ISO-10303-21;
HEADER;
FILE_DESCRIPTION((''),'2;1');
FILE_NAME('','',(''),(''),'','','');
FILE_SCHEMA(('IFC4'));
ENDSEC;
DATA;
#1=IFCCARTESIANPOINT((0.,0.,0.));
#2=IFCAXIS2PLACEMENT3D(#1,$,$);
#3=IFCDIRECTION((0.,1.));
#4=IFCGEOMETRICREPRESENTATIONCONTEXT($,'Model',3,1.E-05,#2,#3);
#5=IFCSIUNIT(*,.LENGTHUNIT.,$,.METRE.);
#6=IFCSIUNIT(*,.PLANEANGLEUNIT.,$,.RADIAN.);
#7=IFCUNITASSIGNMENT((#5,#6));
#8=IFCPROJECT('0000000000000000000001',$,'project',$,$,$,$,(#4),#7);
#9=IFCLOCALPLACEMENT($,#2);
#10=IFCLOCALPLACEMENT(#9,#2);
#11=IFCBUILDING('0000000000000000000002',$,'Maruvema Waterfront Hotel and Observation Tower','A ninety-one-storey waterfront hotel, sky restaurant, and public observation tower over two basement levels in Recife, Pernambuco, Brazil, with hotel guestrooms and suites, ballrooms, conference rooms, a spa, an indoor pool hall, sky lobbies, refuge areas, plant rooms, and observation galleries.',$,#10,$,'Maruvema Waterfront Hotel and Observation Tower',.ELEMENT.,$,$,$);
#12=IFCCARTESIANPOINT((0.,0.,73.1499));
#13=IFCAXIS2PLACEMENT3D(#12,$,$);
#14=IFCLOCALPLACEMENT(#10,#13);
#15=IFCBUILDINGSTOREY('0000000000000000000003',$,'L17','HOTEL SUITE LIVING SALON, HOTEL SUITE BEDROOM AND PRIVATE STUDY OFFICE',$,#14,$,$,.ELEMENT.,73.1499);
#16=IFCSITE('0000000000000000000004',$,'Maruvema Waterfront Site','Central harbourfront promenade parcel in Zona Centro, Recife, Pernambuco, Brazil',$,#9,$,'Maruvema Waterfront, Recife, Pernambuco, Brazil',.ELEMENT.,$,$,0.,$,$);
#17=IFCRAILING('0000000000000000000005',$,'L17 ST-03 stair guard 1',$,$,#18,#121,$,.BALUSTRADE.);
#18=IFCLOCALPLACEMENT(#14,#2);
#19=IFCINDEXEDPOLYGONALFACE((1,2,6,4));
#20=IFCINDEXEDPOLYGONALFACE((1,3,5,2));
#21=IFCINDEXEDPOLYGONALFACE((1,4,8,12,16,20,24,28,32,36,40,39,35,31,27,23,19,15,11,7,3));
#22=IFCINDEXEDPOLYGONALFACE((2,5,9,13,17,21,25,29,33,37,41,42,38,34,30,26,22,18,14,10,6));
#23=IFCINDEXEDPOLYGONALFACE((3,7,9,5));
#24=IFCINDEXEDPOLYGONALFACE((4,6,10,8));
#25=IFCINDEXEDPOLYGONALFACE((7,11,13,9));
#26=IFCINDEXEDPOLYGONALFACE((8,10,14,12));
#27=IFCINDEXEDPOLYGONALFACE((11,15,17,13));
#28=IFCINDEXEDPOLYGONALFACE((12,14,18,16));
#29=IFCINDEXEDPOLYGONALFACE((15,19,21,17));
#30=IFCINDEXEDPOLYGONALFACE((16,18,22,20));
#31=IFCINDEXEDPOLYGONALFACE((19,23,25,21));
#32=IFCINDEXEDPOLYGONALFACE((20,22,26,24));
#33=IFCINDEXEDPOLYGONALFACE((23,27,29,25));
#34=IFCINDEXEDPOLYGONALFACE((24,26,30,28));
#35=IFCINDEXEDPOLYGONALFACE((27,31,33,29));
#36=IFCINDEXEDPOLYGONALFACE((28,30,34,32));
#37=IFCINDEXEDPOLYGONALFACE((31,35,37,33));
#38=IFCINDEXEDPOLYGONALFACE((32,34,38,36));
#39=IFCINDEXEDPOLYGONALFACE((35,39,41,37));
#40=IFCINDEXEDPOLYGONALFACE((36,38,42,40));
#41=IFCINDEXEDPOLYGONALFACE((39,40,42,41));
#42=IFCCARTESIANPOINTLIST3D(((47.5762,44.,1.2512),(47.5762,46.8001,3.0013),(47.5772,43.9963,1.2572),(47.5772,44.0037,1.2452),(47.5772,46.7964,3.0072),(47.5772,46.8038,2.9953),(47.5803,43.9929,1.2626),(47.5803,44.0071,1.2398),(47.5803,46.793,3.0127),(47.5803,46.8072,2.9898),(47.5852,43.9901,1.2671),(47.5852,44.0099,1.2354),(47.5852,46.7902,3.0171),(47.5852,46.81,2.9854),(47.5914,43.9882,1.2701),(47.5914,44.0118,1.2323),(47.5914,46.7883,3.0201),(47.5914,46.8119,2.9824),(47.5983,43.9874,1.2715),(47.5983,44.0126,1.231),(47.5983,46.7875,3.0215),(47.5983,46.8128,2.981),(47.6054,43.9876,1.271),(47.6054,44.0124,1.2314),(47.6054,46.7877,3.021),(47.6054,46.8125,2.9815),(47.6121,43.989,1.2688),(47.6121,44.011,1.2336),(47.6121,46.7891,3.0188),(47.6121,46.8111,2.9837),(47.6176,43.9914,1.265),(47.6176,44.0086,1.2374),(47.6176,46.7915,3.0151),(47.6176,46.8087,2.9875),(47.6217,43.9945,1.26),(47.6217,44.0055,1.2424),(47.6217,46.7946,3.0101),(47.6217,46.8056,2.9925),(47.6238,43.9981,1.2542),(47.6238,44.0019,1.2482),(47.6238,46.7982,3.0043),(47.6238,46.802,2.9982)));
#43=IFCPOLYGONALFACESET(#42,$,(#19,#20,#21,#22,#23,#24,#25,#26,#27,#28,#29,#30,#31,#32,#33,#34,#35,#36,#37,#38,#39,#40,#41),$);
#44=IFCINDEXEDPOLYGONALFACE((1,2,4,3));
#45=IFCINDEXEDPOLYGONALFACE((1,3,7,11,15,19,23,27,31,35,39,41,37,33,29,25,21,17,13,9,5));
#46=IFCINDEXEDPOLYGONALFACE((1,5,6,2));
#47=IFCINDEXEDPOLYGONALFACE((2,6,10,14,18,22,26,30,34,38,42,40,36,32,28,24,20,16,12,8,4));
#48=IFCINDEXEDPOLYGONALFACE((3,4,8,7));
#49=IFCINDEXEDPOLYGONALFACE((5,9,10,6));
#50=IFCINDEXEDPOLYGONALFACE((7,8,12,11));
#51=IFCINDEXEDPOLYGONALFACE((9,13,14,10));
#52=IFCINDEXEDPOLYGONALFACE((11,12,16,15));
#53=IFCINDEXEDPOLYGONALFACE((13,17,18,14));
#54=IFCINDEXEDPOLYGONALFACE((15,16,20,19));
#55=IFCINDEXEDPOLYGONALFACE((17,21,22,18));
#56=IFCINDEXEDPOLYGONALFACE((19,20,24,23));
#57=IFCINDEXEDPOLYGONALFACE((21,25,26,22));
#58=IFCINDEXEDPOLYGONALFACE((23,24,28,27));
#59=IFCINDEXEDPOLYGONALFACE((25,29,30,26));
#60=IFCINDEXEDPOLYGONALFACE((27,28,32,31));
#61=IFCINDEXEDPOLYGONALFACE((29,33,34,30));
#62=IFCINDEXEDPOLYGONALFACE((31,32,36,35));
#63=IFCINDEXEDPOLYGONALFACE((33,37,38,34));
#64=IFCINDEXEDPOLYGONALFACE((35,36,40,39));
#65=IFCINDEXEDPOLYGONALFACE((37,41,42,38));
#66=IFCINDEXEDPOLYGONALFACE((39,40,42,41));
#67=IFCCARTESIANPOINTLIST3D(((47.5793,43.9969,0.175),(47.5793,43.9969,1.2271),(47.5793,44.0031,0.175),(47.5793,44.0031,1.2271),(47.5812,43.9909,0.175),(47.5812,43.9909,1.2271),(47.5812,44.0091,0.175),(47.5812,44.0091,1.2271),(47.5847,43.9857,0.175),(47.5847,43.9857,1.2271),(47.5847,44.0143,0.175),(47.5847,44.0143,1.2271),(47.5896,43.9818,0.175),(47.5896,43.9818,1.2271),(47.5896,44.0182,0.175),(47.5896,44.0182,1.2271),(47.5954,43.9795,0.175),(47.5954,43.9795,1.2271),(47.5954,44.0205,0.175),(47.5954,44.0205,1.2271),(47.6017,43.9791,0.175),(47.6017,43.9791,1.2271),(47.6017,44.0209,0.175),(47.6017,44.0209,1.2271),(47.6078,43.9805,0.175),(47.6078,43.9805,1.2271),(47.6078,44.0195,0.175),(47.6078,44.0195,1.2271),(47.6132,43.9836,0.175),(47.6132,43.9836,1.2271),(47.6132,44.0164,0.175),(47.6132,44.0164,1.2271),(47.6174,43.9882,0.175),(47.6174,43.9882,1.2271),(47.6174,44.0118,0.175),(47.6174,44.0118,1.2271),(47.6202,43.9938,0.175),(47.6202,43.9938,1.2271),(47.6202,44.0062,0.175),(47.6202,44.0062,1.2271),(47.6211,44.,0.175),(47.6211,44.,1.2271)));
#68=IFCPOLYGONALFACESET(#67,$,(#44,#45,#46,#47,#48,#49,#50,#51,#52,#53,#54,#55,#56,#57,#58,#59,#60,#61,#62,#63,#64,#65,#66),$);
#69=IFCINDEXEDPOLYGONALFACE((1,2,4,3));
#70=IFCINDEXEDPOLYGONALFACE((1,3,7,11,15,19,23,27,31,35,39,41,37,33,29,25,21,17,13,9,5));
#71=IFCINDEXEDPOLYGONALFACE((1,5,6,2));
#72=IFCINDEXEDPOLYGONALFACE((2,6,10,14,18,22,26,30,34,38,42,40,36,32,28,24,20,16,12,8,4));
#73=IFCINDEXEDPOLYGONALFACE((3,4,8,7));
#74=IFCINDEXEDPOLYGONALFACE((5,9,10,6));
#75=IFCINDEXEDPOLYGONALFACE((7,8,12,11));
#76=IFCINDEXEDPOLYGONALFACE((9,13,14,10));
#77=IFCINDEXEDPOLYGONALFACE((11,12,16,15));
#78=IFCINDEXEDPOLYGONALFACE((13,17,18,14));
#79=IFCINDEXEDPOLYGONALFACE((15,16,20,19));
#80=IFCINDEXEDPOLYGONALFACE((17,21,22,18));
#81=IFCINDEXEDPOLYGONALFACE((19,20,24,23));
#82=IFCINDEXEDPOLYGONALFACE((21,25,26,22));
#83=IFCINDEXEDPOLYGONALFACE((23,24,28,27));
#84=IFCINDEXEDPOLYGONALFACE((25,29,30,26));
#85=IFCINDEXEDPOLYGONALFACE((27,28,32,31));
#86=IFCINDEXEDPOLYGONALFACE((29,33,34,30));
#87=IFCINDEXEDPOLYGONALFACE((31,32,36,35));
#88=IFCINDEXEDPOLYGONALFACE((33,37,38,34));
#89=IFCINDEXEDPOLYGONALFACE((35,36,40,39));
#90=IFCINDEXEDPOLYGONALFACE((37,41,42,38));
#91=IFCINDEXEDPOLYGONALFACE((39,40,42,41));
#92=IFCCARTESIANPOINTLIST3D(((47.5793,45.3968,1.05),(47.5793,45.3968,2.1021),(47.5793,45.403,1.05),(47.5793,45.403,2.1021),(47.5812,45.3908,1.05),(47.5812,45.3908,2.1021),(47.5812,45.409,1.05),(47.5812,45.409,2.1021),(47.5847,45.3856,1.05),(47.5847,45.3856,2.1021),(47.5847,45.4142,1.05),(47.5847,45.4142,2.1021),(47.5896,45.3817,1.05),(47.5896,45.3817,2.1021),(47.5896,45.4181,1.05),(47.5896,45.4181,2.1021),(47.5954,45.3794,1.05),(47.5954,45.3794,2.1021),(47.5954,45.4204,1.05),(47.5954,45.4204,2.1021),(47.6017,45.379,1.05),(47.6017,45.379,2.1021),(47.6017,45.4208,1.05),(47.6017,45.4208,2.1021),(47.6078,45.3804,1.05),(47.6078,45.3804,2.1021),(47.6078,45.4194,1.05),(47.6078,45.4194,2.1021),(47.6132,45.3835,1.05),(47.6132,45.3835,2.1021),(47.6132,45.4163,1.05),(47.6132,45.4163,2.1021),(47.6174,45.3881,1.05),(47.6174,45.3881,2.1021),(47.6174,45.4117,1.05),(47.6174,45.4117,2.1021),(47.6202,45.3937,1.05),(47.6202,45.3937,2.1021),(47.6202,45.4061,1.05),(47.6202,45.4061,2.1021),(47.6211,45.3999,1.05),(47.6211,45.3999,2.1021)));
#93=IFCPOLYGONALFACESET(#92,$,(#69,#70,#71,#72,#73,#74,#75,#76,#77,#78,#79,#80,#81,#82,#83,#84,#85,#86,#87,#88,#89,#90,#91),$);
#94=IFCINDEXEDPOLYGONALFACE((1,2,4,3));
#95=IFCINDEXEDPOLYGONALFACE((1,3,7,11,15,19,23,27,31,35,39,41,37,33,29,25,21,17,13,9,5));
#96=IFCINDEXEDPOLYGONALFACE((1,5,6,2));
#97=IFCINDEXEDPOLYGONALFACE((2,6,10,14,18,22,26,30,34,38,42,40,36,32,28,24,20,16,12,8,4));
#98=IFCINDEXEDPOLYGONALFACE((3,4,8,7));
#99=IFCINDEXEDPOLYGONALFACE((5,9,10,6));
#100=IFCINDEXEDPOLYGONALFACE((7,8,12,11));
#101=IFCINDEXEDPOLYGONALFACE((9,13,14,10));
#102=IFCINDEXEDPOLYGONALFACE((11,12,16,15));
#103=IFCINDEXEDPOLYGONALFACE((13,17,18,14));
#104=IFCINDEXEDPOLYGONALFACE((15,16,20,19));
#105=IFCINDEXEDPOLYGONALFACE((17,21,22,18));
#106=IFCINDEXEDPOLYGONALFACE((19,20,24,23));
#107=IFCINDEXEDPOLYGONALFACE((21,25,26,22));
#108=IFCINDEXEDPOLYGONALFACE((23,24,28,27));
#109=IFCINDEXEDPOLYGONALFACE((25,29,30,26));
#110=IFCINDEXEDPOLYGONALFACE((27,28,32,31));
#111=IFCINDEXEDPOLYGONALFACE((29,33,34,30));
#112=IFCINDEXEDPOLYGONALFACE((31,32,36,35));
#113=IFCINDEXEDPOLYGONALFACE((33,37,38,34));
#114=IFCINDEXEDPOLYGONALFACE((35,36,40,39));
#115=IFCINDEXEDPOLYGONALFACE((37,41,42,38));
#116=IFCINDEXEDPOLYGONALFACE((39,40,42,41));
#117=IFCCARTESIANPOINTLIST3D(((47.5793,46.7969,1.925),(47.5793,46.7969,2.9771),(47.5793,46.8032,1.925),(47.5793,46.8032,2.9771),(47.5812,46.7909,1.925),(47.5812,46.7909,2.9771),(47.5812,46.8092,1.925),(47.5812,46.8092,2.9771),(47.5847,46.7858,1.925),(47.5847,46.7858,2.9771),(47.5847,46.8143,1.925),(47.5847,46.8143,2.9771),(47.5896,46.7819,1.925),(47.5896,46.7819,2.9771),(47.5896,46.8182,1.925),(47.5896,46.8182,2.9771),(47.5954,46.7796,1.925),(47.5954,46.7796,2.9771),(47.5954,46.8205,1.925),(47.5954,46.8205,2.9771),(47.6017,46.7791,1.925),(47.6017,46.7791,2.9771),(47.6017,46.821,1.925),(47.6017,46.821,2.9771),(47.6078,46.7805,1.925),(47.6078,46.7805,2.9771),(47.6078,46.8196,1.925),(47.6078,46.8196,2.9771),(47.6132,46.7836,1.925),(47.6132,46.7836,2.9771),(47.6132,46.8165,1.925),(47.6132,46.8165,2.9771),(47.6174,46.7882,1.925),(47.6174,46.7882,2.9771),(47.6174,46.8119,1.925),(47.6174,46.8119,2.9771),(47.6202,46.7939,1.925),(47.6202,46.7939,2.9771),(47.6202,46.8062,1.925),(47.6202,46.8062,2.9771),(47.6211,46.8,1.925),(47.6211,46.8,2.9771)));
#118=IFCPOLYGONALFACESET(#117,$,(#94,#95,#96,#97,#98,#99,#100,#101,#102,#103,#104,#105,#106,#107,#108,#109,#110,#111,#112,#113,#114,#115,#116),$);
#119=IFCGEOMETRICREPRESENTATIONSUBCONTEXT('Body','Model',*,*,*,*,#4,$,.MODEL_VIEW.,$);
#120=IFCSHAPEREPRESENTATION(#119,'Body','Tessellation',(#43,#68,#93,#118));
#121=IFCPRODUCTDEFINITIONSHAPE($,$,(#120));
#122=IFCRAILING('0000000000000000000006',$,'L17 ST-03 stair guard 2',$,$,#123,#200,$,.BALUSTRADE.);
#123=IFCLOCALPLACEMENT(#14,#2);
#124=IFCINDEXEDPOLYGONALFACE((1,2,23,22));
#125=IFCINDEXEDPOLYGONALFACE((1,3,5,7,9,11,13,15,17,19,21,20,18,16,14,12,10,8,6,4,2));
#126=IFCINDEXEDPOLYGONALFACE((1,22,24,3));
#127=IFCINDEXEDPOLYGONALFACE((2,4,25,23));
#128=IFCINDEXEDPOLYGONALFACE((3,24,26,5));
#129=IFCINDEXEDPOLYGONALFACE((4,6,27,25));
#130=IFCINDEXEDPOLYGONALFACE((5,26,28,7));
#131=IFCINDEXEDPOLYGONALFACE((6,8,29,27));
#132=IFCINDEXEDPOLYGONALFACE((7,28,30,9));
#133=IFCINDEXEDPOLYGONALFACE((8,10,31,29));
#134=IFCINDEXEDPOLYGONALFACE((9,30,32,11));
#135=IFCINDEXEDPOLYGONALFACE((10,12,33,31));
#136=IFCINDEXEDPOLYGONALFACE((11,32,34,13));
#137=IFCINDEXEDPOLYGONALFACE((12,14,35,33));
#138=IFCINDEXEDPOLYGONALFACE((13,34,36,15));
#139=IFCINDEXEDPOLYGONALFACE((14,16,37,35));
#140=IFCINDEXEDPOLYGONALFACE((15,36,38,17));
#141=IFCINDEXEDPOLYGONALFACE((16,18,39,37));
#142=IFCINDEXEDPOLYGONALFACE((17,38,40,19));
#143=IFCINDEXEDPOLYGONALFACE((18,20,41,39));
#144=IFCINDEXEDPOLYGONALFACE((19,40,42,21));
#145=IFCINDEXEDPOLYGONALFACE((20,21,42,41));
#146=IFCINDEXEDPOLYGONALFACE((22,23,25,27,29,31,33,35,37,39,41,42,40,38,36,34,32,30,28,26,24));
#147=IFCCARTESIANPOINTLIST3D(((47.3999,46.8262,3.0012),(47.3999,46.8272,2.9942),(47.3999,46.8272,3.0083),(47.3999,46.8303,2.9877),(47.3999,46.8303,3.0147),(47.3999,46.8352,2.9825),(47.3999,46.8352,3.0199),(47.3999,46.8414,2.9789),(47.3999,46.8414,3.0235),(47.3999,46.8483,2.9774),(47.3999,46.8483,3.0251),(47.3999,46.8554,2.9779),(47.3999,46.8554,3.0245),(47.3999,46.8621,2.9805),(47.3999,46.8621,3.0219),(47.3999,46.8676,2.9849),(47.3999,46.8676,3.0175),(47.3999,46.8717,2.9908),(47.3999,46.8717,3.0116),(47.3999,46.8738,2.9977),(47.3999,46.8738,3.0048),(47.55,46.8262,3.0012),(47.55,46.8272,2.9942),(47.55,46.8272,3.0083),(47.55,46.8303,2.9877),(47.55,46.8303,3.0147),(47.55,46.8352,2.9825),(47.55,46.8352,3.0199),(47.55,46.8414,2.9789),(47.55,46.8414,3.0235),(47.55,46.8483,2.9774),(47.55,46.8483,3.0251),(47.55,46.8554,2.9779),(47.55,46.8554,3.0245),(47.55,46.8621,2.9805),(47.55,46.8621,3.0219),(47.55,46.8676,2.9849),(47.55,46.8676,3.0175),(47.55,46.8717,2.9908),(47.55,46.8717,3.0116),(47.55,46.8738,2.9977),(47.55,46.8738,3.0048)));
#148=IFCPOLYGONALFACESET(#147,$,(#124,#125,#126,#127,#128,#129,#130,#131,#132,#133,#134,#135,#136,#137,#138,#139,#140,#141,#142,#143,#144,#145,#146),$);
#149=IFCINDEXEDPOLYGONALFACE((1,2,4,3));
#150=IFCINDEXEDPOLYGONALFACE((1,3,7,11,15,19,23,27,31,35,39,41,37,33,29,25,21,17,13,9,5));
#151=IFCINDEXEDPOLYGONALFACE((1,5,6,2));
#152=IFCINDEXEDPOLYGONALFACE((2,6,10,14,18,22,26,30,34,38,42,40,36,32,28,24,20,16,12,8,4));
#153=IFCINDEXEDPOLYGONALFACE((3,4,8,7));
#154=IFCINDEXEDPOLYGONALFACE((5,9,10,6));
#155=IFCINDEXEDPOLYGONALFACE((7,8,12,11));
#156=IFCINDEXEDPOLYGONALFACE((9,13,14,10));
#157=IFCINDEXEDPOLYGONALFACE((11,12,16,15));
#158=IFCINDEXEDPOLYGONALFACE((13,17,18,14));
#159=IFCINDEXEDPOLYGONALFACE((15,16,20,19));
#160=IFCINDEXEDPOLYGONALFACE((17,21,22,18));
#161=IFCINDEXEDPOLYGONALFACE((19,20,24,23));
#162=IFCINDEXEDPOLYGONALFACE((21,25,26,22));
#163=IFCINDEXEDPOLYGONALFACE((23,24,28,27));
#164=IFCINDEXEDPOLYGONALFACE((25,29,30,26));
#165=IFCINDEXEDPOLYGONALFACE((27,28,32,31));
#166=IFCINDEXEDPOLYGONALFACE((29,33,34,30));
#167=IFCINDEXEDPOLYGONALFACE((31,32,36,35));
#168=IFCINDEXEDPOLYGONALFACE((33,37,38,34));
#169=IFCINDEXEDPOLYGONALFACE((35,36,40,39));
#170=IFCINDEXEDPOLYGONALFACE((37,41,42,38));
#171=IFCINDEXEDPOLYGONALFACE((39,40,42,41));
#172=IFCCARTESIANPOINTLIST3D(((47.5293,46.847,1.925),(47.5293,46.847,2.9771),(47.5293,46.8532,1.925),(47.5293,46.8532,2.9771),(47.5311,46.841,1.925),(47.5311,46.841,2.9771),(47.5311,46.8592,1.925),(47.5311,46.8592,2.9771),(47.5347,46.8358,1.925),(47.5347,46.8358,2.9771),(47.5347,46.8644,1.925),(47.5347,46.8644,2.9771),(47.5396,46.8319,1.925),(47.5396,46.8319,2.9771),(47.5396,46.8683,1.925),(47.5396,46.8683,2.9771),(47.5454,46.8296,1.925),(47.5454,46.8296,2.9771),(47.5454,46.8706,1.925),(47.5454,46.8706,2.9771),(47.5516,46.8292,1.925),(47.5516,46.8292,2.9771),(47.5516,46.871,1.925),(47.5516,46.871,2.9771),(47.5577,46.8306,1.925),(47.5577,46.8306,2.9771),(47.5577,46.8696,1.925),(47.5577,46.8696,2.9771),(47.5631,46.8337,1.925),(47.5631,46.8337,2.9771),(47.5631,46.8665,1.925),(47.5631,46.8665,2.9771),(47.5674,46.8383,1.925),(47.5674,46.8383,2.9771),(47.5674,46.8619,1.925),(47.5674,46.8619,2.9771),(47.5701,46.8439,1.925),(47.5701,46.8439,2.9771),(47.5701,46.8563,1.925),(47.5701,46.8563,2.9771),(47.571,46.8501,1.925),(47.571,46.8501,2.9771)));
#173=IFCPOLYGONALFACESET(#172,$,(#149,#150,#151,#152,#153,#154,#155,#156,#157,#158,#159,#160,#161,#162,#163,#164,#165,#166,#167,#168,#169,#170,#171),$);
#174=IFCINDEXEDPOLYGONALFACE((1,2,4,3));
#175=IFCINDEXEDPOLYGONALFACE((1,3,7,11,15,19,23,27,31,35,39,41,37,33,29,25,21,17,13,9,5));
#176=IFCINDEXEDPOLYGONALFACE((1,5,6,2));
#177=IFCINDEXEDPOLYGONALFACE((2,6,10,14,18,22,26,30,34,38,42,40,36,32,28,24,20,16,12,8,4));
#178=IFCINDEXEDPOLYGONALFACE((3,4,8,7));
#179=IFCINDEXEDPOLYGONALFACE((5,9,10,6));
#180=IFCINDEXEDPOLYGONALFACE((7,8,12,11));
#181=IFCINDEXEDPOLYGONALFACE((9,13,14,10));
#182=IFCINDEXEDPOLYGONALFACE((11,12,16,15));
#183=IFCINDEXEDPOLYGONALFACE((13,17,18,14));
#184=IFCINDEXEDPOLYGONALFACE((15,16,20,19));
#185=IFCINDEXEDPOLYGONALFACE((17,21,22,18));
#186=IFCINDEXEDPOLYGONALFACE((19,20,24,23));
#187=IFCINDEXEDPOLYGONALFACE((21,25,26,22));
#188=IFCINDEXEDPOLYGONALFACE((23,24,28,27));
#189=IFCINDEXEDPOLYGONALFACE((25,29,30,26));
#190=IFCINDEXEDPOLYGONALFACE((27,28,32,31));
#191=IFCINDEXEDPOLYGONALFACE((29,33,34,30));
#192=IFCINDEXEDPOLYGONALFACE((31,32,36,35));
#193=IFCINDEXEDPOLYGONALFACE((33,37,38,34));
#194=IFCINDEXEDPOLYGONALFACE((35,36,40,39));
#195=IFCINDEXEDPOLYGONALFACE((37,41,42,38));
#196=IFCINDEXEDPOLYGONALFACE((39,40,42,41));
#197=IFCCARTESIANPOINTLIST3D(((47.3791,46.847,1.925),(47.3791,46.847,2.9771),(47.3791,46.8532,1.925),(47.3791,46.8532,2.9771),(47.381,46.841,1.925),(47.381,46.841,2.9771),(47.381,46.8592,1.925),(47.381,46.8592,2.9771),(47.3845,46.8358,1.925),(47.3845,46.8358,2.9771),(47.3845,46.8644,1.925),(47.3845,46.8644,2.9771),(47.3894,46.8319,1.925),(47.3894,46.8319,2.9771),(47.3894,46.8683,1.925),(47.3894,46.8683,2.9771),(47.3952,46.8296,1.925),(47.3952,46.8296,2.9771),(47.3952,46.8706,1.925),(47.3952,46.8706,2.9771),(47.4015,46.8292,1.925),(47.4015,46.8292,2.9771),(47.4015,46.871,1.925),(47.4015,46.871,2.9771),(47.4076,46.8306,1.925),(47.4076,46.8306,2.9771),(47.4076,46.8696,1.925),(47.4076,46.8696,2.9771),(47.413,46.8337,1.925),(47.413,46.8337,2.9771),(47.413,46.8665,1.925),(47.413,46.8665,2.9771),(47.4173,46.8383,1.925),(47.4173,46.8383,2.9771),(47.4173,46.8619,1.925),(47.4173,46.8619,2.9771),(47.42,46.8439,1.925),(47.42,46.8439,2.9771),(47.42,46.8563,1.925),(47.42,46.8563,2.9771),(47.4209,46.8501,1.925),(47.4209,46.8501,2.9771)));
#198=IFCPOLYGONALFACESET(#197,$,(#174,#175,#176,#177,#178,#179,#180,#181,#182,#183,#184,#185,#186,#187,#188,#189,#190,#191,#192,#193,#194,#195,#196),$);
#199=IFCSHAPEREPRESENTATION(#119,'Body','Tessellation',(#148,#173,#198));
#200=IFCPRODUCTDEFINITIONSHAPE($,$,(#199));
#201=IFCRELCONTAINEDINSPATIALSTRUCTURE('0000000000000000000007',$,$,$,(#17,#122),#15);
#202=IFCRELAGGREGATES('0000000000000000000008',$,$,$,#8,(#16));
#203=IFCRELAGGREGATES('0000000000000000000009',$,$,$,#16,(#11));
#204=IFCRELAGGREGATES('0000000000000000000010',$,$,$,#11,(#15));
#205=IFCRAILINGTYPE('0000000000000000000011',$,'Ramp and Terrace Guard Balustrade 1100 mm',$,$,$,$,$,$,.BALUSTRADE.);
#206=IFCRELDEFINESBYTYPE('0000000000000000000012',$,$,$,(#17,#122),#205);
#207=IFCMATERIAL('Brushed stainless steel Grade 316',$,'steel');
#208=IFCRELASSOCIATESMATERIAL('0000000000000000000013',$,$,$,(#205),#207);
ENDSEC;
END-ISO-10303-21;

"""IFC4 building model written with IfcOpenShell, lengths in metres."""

from ifc_helpers import new_model, si_unit, direction, frame, origin, origin_2d, place, context, subcontext, project, spatial, circle, extrude, material, type_object, element, save


model = new_model("IFC4")

# Units and contexts
model_context = context("Model", 3, precision=1e-05, world=origin(), true_north=direction((0.0, 1.0)))
body_context = subcontext(model_context, "Body", "Model", "MODEL_VIEW")
ifc_project = project(units=[si_unit("LENGTHUNIT", "METRE"), si_unit("PLANEANGLEUNIT", "RADIAN")], contexts=[model_context])

# Site, building, storey
site_placement = place(None, origin())
site = spatial("IfcSite", under=ifc_project, at=site_placement, Name="Maruvema Waterfront Site", Description="Central harbourfront promenade parcel in Zona Centro, Recife, Pernambuco, Brazil", LongName="Maruvema Waterfront, Recife, Pernambuco, Brazil", CompositionType="ELEMENT", RefElevation=0.0)
building_placement = place(site_placement, origin())
building = spatial("IfcBuilding", under=site, at=building_placement, Name="Maruvema Waterfront Hotel and Observation Tower", Description="A ninety-one-storey waterfront hotel, sky restaurant, and public observation tower over two basement levels in Recife, Pernambuco, Brazil, with hotel guestrooms and suites, ballrooms, conference rooms, a spa, an indoor pool hall, sky lobbies, refuge areas, plant rooms, and observation galleries.", LongName="Maruvema Waterfront Hotel and Observation Tower", CompositionType="ELEMENT")
storey_placement = place(building_placement, frame((0.0, 0.0, 73.1499)))
storey = spatial("IfcBuildingStorey", under=building, at=storey_placement, Name="L17", Description="HOTEL SUITE LIVING SALON, HOTEL SUITE BEDROOM AND PRIVATE STUDY OFFICE", CompositionType="ELEMENT", Elevation=73.1499)

# Railings
ifc_material_1 = material(Name="Brushed stainless steel Grade 316", Category="steel")
railing_type_1 = type_object("IfcRailingType", Name="Ramp and Terrace Guard Balustrade 1100 mm", PredefinedType="BALUSTRADE", material=ifc_material_1)
railing_1_placement = place(storey_placement, frame((47.6001, 44.0, 0.175)))
element("IfcRailing", 1, at=railing_1_placement, inside=storey, type_object=railing_type_1, Name="L17 ST-03 stair guard 1", PredefinedType="BALUSTRADE", context=body_context, shape_type="SweptSolid", body=[
    extrude(circle(Radius=0.0239, at=origin_2d()), frame((0.0, 0.0, 1.0762), z_axis=(0.0, 0.848002, 0.529992), x_axis=(-1.0, 0.0, 0.0)), (0.0, 0.0, 1.0), 3.302),
    extrude(circle(Radius=0.021, at=origin_2d()), origin(), (0.0, 0.0, 1.0), 1.052),
    extrude(circle(Radius=0.021, at=origin_2d()), frame((0.0, 1.3999, 0.875)), (0.0, 0.0, 1.0), 1.052),
    extrude(circle(Radius=0.021, at=origin_2d()), frame((0.0, 2.8, 1.75)), (0.0, 0.0, 1.0), 1.052),
])
railing_2_placement = place(storey_placement, frame((47.55, 46.8501, 1.925)))
element("IfcRailing", 2, at=railing_2_placement, inside=storey, type_object=railing_type_1, Name="L17 ST-03 stair guard 2", PredefinedType="BALUSTRADE", context=body_context, shape_type="SweptSolid", body=[
    extrude(circle(Radius=0.0239, at=origin_2d()), frame((0.0, 0.0, 1.0762), z_axis=(-1.0, 0.0, 0.0), x_axis=(0.0, -1.0, 0.0)), (0.0, 0.0, 1.0), 0.1501),
    extrude(circle(Radius=0.021, at=origin_2d()), origin(), (0.0, 0.0, 1.0), 1.052),
    extrude(circle(Radius=0.021, at=origin_2d()), frame((-0.1501, 0.0, 0.0)), (0.0, 0.0, 1.0), 1.052),
])

save(model, "model.ifc")
